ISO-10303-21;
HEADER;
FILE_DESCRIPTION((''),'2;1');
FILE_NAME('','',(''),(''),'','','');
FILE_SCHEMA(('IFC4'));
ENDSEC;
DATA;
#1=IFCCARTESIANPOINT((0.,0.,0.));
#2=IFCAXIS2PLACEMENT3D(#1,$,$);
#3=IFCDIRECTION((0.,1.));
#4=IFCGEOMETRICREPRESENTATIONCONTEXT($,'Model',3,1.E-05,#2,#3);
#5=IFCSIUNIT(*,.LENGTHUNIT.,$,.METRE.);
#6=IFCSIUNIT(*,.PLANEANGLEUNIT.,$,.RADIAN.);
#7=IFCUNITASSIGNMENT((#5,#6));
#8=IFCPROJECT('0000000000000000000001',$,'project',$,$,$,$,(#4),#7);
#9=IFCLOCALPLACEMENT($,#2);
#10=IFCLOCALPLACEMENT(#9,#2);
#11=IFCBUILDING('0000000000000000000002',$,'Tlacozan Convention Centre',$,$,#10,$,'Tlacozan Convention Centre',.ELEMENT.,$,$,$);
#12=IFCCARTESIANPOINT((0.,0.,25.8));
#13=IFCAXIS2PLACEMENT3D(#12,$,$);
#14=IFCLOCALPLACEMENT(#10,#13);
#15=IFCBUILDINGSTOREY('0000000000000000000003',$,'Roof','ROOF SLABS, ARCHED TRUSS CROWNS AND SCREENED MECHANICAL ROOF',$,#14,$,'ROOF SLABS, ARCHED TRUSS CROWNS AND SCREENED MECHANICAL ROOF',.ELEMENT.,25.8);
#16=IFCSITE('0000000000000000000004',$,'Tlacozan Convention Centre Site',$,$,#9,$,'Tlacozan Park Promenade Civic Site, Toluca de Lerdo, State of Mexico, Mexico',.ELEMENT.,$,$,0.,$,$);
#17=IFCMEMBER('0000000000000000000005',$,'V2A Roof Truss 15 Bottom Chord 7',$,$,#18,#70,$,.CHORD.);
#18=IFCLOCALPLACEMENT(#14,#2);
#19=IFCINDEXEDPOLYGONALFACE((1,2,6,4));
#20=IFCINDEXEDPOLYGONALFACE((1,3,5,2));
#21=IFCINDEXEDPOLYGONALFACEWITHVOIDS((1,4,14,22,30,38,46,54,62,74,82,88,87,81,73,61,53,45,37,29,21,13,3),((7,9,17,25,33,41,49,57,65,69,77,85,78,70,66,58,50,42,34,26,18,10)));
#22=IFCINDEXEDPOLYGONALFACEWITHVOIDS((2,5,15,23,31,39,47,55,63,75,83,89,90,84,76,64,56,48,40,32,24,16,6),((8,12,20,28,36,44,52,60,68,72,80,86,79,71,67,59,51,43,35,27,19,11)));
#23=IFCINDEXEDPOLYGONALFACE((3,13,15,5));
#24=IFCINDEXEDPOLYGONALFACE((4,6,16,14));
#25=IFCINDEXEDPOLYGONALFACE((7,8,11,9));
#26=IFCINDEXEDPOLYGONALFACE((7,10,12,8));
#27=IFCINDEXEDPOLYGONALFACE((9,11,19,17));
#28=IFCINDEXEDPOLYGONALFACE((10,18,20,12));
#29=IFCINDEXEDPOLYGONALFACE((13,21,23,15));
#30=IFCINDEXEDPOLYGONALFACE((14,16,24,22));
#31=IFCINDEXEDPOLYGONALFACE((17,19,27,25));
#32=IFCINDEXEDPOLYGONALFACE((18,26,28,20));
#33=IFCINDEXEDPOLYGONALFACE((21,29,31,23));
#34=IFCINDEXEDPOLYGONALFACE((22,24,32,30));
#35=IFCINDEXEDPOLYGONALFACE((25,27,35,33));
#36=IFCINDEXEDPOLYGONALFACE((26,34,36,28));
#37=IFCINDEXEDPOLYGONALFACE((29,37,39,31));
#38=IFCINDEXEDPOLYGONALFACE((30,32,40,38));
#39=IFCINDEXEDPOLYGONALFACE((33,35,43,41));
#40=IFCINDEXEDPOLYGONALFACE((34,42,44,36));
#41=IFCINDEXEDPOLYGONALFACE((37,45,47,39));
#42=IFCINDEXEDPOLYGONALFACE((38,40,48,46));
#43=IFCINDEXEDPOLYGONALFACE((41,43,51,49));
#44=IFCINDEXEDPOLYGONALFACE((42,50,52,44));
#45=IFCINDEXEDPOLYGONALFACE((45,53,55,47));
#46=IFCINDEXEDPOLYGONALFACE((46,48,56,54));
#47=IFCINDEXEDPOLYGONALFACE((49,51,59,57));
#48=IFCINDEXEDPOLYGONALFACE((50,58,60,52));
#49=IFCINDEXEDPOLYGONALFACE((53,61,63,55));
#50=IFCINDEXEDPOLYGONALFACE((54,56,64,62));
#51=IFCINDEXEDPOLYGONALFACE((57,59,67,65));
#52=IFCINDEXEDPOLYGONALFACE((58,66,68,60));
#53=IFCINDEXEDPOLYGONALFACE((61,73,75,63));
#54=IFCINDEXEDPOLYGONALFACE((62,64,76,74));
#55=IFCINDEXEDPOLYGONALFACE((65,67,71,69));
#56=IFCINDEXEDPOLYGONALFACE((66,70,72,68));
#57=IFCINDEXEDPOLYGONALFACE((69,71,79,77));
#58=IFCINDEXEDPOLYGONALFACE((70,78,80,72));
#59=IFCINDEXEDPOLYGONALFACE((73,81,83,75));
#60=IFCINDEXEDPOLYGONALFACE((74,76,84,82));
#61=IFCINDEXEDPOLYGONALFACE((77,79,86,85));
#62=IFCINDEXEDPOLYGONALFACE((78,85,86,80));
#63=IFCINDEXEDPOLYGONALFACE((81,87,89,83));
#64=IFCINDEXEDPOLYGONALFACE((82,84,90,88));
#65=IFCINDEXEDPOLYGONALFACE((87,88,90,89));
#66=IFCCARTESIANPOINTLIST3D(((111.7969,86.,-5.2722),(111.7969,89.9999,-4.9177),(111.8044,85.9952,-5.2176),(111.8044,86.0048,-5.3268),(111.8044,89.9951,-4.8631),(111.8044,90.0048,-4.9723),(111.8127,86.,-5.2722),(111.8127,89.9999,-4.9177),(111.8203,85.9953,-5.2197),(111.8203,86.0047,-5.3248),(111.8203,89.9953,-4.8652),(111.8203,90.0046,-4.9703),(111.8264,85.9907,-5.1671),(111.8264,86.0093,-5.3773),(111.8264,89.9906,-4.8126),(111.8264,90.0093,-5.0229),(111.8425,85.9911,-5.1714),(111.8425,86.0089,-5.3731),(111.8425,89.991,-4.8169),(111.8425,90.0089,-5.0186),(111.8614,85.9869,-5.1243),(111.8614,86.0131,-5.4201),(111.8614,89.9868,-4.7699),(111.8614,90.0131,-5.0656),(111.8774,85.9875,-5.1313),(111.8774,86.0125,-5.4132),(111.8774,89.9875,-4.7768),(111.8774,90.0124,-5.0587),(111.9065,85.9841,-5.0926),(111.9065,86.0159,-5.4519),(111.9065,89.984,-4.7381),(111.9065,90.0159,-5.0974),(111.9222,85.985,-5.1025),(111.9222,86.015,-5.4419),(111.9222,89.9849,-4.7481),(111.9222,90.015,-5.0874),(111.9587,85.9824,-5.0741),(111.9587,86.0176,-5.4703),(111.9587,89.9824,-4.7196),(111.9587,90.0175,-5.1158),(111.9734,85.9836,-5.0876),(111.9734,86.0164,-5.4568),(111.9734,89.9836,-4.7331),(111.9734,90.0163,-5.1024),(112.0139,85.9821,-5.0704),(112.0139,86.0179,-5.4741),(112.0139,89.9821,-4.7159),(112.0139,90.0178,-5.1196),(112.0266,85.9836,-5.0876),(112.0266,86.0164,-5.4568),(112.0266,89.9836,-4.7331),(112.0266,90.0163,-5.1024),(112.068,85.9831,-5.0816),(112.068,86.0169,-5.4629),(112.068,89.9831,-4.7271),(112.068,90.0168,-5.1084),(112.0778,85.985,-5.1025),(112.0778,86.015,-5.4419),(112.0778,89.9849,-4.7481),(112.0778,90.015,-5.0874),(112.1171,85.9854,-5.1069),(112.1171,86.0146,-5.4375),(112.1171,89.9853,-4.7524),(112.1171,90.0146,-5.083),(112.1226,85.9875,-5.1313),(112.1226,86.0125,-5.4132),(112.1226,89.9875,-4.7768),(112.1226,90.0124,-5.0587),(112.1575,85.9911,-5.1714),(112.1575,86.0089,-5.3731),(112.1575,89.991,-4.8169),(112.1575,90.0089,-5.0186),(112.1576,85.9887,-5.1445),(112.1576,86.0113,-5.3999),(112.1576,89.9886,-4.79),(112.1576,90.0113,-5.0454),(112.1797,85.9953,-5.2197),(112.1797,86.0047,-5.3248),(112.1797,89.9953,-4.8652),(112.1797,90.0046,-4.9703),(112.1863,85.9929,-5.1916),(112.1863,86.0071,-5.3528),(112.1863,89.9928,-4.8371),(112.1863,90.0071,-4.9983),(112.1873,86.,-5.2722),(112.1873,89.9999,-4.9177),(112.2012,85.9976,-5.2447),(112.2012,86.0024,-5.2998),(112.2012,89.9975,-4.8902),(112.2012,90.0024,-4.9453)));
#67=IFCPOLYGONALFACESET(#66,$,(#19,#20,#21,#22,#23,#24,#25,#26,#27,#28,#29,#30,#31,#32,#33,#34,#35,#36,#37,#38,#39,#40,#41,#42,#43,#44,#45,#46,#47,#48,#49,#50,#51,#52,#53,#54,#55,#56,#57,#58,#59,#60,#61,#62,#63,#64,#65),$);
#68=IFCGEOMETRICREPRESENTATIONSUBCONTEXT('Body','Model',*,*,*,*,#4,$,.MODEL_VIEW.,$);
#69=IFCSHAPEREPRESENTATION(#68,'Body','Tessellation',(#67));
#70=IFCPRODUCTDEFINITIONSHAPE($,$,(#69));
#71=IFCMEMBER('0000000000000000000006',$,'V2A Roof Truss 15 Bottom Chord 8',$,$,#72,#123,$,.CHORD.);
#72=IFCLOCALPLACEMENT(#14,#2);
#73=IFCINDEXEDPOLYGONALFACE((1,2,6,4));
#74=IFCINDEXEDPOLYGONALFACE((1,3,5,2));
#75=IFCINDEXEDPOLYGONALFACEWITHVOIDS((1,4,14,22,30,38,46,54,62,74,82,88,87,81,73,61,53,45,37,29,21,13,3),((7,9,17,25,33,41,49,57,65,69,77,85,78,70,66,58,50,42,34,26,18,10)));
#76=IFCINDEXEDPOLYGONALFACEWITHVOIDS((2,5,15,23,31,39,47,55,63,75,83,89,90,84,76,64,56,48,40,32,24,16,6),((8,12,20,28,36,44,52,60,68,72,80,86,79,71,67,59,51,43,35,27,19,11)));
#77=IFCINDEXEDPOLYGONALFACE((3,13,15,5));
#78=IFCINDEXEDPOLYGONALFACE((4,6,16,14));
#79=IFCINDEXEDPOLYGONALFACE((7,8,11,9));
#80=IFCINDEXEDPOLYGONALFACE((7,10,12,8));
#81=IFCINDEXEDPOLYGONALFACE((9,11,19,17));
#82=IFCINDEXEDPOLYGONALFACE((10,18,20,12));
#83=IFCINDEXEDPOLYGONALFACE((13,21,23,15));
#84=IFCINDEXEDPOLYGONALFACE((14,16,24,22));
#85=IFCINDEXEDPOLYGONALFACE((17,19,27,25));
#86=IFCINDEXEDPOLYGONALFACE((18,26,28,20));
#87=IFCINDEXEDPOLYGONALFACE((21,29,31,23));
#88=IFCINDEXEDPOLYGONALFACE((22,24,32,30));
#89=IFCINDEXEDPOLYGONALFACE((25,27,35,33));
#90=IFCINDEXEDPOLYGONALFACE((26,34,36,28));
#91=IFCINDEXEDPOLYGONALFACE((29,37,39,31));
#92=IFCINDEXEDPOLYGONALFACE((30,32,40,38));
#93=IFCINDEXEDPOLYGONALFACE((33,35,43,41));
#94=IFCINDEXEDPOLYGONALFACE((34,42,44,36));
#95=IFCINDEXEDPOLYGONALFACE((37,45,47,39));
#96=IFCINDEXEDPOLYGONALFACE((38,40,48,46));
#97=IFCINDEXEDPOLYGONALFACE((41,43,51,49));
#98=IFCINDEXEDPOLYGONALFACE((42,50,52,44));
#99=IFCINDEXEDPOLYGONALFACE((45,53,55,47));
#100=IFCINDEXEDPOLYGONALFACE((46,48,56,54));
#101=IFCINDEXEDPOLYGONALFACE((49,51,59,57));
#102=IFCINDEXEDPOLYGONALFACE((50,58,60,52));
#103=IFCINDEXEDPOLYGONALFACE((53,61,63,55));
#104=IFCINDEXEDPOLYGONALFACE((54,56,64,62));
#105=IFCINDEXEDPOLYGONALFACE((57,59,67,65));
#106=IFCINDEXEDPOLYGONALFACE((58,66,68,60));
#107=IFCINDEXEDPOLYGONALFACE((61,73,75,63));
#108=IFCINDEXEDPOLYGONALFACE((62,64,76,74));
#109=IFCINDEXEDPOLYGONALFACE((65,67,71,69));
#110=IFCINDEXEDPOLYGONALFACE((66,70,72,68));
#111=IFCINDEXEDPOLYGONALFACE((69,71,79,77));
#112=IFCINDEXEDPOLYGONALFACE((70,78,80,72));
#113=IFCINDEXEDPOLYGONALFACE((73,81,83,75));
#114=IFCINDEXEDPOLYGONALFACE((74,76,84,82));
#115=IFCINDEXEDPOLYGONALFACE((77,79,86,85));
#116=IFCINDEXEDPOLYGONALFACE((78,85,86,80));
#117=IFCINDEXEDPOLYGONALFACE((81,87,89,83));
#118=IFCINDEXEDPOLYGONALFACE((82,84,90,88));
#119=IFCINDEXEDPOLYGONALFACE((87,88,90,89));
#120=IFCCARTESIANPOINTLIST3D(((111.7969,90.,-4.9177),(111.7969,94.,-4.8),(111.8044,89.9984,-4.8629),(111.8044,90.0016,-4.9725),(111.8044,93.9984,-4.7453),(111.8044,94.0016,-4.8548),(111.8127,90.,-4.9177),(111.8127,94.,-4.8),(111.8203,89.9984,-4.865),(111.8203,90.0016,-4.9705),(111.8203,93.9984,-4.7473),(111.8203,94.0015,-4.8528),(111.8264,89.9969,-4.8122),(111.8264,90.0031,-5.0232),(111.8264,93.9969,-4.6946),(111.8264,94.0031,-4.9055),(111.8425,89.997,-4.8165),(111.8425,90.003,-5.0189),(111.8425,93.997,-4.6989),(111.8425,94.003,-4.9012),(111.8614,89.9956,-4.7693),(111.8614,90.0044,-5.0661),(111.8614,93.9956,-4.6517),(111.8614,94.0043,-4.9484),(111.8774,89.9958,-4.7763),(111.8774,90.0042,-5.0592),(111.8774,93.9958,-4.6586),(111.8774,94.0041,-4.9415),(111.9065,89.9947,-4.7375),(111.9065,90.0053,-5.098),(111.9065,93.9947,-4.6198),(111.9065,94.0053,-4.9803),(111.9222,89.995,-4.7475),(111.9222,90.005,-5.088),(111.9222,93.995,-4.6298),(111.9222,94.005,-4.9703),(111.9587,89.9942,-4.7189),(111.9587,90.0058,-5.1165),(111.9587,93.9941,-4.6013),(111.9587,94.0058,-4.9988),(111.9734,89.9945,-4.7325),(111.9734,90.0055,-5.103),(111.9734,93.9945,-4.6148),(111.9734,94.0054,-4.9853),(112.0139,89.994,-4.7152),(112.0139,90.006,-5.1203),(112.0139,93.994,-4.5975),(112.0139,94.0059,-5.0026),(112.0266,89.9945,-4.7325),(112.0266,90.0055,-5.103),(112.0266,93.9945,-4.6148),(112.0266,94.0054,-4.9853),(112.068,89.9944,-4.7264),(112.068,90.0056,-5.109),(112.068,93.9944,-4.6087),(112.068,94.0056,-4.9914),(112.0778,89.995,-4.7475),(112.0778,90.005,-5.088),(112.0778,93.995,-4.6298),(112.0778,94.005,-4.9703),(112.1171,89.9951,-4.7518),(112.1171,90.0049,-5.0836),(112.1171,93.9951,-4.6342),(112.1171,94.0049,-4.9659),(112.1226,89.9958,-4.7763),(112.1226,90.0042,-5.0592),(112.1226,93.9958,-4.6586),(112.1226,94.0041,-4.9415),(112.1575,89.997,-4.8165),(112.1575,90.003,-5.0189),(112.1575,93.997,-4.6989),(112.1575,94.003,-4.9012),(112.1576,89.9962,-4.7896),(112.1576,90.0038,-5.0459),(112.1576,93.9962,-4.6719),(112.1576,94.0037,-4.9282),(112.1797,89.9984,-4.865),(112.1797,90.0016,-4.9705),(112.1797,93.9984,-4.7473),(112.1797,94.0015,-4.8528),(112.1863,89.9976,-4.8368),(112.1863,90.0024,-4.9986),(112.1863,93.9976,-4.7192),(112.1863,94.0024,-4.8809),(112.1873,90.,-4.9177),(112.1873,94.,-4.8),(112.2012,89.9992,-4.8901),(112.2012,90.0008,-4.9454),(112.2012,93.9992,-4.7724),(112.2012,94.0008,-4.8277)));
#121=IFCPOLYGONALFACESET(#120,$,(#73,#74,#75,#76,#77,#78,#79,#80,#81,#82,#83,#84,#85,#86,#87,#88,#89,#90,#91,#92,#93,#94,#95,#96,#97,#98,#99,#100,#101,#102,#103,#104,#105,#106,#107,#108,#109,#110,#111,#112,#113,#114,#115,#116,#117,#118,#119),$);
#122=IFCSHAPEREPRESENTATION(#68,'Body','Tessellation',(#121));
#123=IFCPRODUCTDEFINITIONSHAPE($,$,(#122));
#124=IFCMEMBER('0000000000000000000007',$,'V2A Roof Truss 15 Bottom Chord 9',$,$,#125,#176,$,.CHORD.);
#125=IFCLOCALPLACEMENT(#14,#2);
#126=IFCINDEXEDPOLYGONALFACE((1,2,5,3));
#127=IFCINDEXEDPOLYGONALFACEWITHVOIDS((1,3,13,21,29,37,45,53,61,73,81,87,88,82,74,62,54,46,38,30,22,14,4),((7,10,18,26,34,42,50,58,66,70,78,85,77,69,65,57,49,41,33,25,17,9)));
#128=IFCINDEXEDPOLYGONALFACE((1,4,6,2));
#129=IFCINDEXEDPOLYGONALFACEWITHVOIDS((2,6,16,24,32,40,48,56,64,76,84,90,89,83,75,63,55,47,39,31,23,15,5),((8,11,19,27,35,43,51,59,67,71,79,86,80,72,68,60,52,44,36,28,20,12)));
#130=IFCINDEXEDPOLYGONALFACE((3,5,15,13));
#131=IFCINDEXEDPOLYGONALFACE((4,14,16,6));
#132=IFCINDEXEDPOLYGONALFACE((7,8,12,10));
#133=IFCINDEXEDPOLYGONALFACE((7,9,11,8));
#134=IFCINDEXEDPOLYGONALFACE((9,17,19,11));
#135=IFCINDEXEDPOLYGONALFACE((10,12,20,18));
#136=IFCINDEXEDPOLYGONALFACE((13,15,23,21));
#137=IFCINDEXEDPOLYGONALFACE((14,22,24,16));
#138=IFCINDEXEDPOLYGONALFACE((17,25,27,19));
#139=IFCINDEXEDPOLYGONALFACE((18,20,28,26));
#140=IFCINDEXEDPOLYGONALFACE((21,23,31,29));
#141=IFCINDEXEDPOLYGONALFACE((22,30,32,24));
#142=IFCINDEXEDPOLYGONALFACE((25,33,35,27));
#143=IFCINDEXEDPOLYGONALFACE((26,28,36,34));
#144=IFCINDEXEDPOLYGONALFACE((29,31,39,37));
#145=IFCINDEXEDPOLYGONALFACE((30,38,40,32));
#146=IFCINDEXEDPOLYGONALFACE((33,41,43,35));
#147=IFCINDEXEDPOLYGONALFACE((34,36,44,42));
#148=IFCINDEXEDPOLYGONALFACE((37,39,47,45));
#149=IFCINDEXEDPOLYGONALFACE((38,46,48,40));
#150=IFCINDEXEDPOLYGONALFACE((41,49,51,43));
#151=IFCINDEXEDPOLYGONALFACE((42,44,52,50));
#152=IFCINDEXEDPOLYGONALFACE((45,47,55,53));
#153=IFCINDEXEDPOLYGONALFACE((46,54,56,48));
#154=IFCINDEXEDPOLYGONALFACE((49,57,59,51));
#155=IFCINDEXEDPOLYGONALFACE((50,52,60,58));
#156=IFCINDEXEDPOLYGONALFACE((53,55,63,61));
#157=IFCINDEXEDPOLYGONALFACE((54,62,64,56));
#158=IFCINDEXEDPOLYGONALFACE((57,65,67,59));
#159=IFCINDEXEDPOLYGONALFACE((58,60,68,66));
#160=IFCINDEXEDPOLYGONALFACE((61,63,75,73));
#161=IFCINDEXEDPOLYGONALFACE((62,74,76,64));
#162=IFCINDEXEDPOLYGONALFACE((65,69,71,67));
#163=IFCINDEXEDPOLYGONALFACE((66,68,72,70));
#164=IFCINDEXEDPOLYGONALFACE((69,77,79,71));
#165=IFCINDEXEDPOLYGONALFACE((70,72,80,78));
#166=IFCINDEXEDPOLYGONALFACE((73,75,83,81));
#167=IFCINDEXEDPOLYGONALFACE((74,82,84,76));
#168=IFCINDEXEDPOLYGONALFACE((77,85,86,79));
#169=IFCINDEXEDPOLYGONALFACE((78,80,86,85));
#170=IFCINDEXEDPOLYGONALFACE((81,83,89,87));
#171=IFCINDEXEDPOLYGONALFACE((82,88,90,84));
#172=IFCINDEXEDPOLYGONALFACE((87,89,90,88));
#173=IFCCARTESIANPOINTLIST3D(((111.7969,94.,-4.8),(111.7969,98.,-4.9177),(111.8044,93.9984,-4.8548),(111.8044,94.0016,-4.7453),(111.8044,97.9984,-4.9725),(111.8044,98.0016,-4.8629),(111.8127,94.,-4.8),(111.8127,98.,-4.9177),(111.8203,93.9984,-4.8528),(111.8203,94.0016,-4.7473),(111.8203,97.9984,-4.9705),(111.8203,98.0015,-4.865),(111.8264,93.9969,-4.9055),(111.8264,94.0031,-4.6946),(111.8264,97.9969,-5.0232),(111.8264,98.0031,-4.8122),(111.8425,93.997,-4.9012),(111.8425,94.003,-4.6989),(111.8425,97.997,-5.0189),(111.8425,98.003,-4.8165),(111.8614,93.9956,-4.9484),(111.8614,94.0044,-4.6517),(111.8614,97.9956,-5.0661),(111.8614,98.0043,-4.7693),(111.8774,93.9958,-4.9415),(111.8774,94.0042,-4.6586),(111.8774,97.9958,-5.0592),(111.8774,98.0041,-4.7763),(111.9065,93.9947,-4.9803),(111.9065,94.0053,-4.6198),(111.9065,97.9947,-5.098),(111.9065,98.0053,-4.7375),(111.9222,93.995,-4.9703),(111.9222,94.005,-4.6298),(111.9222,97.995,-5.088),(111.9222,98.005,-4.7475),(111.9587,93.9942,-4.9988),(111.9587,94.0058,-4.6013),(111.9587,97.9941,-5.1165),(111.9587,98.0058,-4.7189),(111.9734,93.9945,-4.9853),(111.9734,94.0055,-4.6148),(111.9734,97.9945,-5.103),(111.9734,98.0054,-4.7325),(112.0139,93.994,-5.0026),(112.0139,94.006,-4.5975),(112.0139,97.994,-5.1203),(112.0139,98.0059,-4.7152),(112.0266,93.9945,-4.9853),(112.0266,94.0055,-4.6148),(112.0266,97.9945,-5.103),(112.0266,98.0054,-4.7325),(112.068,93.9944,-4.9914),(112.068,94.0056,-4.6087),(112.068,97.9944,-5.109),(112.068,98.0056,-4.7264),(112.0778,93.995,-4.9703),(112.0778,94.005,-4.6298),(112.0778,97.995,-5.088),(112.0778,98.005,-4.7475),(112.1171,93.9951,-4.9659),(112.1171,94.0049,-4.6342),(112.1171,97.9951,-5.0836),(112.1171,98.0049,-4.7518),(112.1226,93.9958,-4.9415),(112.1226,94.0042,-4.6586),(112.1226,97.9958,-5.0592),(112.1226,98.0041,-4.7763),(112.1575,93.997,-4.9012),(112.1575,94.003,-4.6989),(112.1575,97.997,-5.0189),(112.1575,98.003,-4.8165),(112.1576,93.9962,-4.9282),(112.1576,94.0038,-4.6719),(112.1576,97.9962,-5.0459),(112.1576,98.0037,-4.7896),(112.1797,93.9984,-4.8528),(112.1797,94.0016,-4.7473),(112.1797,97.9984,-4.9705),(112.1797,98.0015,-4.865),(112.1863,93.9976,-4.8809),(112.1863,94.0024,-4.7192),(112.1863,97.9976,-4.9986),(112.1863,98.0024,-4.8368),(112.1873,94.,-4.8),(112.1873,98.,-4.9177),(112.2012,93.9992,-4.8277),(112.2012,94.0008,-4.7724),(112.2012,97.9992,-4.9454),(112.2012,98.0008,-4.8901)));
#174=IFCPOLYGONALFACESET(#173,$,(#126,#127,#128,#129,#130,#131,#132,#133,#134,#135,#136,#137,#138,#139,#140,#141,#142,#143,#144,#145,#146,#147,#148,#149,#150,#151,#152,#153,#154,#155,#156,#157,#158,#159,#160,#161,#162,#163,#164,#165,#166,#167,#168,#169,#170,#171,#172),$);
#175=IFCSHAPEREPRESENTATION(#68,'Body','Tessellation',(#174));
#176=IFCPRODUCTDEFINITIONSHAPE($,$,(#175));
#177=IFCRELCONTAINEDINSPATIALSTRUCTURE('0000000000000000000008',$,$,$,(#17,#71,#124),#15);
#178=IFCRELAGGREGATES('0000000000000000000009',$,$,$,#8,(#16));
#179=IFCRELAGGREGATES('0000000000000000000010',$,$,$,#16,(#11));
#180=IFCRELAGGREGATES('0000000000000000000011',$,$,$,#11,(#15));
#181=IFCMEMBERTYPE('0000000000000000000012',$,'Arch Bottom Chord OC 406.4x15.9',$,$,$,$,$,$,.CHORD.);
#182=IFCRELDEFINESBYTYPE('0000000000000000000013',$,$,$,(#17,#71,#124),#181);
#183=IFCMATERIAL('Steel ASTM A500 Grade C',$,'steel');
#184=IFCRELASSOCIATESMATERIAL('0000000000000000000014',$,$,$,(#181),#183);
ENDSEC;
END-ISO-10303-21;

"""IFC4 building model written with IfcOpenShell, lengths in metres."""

from ifc_helpers import new_model, si_unit, direction, frame, origin, origin_2d, place, context, subcontext, project, spatial, hollow_circle, extrude, material, material_profile, profile_set, type_object, element, save


model = new_model("IFC4")

# Units and contexts
model_context = context("Model", 3, precision=1e-05, world=origin(), true_north=direction((0.0, 1.0)))
body_context = subcontext(model_context, "Body", "Model", "MODEL_VIEW")
ifc_project = project(units=[si_unit("LENGTHUNIT", "METRE"), si_unit("PLANEANGLEUNIT", "RADIAN")], contexts=[model_context])

# Site, building, storey
site_placement = place(None, origin())
site = spatial("IfcSite", under=ifc_project, at=site_placement, Name="Tlacozan Convention Centre Site", LongName="Tlacozan Park Promenade Civic Site, Toluca de Lerdo, State of Mexico, Mexico", CompositionType="ELEMENT", RefElevation=0.0)
building_placement = place(site_placement, origin())
building = spatial("IfcBuilding", under=site, at=building_placement, Name="Tlacozan Convention Centre", LongName="Tlacozan Convention Centre", CompositionType="ELEMENT")
storey_placement = place(building_placement, frame((0.0, 0.0, 25.8)))
storey = spatial("IfcBuildingStorey", under=building, at=storey_placement, Name="Roof", Description="ROOF SLABS, ARCHED TRUSS CROWNS AND SCREENED MECHANICAL ROOF", LongName="ROOF SLABS, ARCHED TRUSS CROWNS AND SCREENED MECHANICAL ROOF", CompositionType="ELEMENT", Elevation=25.8)

# Members
ifc_material_1 = material(Name="Steel ASTM A500 Grade C", Category="steel")
ifc_material_profile_1 = material_profile(ifc_material_1, hollow_circle(Radius=0.2031, WallThickness=0.0159, at=origin_2d()), Name="OC 406.4x15.9")
ifc_profile_set_1 = profile_set([ifc_material_profile_1], Name="Steel ASTM A500 Grade C")
member_type_1 = type_object("IfcMemberType", Name="Arch Bottom Chord OC 406.4x15.9", PredefinedType="CHORD", material=ifc_profile_set_1)
member_1_placement = place(storey_placement, frame((112.0, 86.0, -5.2722), z_axis=(0.0, 0.996096, 0.088277), x_axis=(-1.0, 0.0, 0.0)))
element("IfcMember", 1, at=member_1_placement, inside=storey, type_object=member_type_1, Name="V2A Roof Truss 15 Bottom Chord 7", PredefinedType="CHORD", context=body_context, shape_type="SweptSolid", body=[
    extrude(hollow_circle(Radius=0.2031, WallThickness=0.0159, at=origin_2d()), origin(), (0.0, 0.0, 1.0), 4.0156),
])
for number, where, z_axis, x_axis, name in (
    (2, (112.0, 90.0, -4.9177), (0.0, 0.999568, 0.029406), (-1.0, 0.0, 0.0), "V2A Roof Truss 15 Bottom Chord 8"),
    (3, (112.0, 94.0, -4.8), (0.0, 0.999568, -0.029406), (-1.0, 0.0, 0.0), "V2A Roof Truss 15 Bottom Chord 9"),
):
    element("IfcMember", number, at=place(storey_placement, frame(where, z_axis=z_axis, x_axis=x_axis)), inside=storey, type_object=member_type_1, Name=name, PredefinedType="CHORD", context=body_context, shape_type="SweptSolid", body=[
        extrude(hollow_circle(Radius=0.2031, WallThickness=0.0159, at=origin_2d()), origin(), (0.0, 0.0, 1.0), 4.0017),
    ])

save(model, "model.ifc")
